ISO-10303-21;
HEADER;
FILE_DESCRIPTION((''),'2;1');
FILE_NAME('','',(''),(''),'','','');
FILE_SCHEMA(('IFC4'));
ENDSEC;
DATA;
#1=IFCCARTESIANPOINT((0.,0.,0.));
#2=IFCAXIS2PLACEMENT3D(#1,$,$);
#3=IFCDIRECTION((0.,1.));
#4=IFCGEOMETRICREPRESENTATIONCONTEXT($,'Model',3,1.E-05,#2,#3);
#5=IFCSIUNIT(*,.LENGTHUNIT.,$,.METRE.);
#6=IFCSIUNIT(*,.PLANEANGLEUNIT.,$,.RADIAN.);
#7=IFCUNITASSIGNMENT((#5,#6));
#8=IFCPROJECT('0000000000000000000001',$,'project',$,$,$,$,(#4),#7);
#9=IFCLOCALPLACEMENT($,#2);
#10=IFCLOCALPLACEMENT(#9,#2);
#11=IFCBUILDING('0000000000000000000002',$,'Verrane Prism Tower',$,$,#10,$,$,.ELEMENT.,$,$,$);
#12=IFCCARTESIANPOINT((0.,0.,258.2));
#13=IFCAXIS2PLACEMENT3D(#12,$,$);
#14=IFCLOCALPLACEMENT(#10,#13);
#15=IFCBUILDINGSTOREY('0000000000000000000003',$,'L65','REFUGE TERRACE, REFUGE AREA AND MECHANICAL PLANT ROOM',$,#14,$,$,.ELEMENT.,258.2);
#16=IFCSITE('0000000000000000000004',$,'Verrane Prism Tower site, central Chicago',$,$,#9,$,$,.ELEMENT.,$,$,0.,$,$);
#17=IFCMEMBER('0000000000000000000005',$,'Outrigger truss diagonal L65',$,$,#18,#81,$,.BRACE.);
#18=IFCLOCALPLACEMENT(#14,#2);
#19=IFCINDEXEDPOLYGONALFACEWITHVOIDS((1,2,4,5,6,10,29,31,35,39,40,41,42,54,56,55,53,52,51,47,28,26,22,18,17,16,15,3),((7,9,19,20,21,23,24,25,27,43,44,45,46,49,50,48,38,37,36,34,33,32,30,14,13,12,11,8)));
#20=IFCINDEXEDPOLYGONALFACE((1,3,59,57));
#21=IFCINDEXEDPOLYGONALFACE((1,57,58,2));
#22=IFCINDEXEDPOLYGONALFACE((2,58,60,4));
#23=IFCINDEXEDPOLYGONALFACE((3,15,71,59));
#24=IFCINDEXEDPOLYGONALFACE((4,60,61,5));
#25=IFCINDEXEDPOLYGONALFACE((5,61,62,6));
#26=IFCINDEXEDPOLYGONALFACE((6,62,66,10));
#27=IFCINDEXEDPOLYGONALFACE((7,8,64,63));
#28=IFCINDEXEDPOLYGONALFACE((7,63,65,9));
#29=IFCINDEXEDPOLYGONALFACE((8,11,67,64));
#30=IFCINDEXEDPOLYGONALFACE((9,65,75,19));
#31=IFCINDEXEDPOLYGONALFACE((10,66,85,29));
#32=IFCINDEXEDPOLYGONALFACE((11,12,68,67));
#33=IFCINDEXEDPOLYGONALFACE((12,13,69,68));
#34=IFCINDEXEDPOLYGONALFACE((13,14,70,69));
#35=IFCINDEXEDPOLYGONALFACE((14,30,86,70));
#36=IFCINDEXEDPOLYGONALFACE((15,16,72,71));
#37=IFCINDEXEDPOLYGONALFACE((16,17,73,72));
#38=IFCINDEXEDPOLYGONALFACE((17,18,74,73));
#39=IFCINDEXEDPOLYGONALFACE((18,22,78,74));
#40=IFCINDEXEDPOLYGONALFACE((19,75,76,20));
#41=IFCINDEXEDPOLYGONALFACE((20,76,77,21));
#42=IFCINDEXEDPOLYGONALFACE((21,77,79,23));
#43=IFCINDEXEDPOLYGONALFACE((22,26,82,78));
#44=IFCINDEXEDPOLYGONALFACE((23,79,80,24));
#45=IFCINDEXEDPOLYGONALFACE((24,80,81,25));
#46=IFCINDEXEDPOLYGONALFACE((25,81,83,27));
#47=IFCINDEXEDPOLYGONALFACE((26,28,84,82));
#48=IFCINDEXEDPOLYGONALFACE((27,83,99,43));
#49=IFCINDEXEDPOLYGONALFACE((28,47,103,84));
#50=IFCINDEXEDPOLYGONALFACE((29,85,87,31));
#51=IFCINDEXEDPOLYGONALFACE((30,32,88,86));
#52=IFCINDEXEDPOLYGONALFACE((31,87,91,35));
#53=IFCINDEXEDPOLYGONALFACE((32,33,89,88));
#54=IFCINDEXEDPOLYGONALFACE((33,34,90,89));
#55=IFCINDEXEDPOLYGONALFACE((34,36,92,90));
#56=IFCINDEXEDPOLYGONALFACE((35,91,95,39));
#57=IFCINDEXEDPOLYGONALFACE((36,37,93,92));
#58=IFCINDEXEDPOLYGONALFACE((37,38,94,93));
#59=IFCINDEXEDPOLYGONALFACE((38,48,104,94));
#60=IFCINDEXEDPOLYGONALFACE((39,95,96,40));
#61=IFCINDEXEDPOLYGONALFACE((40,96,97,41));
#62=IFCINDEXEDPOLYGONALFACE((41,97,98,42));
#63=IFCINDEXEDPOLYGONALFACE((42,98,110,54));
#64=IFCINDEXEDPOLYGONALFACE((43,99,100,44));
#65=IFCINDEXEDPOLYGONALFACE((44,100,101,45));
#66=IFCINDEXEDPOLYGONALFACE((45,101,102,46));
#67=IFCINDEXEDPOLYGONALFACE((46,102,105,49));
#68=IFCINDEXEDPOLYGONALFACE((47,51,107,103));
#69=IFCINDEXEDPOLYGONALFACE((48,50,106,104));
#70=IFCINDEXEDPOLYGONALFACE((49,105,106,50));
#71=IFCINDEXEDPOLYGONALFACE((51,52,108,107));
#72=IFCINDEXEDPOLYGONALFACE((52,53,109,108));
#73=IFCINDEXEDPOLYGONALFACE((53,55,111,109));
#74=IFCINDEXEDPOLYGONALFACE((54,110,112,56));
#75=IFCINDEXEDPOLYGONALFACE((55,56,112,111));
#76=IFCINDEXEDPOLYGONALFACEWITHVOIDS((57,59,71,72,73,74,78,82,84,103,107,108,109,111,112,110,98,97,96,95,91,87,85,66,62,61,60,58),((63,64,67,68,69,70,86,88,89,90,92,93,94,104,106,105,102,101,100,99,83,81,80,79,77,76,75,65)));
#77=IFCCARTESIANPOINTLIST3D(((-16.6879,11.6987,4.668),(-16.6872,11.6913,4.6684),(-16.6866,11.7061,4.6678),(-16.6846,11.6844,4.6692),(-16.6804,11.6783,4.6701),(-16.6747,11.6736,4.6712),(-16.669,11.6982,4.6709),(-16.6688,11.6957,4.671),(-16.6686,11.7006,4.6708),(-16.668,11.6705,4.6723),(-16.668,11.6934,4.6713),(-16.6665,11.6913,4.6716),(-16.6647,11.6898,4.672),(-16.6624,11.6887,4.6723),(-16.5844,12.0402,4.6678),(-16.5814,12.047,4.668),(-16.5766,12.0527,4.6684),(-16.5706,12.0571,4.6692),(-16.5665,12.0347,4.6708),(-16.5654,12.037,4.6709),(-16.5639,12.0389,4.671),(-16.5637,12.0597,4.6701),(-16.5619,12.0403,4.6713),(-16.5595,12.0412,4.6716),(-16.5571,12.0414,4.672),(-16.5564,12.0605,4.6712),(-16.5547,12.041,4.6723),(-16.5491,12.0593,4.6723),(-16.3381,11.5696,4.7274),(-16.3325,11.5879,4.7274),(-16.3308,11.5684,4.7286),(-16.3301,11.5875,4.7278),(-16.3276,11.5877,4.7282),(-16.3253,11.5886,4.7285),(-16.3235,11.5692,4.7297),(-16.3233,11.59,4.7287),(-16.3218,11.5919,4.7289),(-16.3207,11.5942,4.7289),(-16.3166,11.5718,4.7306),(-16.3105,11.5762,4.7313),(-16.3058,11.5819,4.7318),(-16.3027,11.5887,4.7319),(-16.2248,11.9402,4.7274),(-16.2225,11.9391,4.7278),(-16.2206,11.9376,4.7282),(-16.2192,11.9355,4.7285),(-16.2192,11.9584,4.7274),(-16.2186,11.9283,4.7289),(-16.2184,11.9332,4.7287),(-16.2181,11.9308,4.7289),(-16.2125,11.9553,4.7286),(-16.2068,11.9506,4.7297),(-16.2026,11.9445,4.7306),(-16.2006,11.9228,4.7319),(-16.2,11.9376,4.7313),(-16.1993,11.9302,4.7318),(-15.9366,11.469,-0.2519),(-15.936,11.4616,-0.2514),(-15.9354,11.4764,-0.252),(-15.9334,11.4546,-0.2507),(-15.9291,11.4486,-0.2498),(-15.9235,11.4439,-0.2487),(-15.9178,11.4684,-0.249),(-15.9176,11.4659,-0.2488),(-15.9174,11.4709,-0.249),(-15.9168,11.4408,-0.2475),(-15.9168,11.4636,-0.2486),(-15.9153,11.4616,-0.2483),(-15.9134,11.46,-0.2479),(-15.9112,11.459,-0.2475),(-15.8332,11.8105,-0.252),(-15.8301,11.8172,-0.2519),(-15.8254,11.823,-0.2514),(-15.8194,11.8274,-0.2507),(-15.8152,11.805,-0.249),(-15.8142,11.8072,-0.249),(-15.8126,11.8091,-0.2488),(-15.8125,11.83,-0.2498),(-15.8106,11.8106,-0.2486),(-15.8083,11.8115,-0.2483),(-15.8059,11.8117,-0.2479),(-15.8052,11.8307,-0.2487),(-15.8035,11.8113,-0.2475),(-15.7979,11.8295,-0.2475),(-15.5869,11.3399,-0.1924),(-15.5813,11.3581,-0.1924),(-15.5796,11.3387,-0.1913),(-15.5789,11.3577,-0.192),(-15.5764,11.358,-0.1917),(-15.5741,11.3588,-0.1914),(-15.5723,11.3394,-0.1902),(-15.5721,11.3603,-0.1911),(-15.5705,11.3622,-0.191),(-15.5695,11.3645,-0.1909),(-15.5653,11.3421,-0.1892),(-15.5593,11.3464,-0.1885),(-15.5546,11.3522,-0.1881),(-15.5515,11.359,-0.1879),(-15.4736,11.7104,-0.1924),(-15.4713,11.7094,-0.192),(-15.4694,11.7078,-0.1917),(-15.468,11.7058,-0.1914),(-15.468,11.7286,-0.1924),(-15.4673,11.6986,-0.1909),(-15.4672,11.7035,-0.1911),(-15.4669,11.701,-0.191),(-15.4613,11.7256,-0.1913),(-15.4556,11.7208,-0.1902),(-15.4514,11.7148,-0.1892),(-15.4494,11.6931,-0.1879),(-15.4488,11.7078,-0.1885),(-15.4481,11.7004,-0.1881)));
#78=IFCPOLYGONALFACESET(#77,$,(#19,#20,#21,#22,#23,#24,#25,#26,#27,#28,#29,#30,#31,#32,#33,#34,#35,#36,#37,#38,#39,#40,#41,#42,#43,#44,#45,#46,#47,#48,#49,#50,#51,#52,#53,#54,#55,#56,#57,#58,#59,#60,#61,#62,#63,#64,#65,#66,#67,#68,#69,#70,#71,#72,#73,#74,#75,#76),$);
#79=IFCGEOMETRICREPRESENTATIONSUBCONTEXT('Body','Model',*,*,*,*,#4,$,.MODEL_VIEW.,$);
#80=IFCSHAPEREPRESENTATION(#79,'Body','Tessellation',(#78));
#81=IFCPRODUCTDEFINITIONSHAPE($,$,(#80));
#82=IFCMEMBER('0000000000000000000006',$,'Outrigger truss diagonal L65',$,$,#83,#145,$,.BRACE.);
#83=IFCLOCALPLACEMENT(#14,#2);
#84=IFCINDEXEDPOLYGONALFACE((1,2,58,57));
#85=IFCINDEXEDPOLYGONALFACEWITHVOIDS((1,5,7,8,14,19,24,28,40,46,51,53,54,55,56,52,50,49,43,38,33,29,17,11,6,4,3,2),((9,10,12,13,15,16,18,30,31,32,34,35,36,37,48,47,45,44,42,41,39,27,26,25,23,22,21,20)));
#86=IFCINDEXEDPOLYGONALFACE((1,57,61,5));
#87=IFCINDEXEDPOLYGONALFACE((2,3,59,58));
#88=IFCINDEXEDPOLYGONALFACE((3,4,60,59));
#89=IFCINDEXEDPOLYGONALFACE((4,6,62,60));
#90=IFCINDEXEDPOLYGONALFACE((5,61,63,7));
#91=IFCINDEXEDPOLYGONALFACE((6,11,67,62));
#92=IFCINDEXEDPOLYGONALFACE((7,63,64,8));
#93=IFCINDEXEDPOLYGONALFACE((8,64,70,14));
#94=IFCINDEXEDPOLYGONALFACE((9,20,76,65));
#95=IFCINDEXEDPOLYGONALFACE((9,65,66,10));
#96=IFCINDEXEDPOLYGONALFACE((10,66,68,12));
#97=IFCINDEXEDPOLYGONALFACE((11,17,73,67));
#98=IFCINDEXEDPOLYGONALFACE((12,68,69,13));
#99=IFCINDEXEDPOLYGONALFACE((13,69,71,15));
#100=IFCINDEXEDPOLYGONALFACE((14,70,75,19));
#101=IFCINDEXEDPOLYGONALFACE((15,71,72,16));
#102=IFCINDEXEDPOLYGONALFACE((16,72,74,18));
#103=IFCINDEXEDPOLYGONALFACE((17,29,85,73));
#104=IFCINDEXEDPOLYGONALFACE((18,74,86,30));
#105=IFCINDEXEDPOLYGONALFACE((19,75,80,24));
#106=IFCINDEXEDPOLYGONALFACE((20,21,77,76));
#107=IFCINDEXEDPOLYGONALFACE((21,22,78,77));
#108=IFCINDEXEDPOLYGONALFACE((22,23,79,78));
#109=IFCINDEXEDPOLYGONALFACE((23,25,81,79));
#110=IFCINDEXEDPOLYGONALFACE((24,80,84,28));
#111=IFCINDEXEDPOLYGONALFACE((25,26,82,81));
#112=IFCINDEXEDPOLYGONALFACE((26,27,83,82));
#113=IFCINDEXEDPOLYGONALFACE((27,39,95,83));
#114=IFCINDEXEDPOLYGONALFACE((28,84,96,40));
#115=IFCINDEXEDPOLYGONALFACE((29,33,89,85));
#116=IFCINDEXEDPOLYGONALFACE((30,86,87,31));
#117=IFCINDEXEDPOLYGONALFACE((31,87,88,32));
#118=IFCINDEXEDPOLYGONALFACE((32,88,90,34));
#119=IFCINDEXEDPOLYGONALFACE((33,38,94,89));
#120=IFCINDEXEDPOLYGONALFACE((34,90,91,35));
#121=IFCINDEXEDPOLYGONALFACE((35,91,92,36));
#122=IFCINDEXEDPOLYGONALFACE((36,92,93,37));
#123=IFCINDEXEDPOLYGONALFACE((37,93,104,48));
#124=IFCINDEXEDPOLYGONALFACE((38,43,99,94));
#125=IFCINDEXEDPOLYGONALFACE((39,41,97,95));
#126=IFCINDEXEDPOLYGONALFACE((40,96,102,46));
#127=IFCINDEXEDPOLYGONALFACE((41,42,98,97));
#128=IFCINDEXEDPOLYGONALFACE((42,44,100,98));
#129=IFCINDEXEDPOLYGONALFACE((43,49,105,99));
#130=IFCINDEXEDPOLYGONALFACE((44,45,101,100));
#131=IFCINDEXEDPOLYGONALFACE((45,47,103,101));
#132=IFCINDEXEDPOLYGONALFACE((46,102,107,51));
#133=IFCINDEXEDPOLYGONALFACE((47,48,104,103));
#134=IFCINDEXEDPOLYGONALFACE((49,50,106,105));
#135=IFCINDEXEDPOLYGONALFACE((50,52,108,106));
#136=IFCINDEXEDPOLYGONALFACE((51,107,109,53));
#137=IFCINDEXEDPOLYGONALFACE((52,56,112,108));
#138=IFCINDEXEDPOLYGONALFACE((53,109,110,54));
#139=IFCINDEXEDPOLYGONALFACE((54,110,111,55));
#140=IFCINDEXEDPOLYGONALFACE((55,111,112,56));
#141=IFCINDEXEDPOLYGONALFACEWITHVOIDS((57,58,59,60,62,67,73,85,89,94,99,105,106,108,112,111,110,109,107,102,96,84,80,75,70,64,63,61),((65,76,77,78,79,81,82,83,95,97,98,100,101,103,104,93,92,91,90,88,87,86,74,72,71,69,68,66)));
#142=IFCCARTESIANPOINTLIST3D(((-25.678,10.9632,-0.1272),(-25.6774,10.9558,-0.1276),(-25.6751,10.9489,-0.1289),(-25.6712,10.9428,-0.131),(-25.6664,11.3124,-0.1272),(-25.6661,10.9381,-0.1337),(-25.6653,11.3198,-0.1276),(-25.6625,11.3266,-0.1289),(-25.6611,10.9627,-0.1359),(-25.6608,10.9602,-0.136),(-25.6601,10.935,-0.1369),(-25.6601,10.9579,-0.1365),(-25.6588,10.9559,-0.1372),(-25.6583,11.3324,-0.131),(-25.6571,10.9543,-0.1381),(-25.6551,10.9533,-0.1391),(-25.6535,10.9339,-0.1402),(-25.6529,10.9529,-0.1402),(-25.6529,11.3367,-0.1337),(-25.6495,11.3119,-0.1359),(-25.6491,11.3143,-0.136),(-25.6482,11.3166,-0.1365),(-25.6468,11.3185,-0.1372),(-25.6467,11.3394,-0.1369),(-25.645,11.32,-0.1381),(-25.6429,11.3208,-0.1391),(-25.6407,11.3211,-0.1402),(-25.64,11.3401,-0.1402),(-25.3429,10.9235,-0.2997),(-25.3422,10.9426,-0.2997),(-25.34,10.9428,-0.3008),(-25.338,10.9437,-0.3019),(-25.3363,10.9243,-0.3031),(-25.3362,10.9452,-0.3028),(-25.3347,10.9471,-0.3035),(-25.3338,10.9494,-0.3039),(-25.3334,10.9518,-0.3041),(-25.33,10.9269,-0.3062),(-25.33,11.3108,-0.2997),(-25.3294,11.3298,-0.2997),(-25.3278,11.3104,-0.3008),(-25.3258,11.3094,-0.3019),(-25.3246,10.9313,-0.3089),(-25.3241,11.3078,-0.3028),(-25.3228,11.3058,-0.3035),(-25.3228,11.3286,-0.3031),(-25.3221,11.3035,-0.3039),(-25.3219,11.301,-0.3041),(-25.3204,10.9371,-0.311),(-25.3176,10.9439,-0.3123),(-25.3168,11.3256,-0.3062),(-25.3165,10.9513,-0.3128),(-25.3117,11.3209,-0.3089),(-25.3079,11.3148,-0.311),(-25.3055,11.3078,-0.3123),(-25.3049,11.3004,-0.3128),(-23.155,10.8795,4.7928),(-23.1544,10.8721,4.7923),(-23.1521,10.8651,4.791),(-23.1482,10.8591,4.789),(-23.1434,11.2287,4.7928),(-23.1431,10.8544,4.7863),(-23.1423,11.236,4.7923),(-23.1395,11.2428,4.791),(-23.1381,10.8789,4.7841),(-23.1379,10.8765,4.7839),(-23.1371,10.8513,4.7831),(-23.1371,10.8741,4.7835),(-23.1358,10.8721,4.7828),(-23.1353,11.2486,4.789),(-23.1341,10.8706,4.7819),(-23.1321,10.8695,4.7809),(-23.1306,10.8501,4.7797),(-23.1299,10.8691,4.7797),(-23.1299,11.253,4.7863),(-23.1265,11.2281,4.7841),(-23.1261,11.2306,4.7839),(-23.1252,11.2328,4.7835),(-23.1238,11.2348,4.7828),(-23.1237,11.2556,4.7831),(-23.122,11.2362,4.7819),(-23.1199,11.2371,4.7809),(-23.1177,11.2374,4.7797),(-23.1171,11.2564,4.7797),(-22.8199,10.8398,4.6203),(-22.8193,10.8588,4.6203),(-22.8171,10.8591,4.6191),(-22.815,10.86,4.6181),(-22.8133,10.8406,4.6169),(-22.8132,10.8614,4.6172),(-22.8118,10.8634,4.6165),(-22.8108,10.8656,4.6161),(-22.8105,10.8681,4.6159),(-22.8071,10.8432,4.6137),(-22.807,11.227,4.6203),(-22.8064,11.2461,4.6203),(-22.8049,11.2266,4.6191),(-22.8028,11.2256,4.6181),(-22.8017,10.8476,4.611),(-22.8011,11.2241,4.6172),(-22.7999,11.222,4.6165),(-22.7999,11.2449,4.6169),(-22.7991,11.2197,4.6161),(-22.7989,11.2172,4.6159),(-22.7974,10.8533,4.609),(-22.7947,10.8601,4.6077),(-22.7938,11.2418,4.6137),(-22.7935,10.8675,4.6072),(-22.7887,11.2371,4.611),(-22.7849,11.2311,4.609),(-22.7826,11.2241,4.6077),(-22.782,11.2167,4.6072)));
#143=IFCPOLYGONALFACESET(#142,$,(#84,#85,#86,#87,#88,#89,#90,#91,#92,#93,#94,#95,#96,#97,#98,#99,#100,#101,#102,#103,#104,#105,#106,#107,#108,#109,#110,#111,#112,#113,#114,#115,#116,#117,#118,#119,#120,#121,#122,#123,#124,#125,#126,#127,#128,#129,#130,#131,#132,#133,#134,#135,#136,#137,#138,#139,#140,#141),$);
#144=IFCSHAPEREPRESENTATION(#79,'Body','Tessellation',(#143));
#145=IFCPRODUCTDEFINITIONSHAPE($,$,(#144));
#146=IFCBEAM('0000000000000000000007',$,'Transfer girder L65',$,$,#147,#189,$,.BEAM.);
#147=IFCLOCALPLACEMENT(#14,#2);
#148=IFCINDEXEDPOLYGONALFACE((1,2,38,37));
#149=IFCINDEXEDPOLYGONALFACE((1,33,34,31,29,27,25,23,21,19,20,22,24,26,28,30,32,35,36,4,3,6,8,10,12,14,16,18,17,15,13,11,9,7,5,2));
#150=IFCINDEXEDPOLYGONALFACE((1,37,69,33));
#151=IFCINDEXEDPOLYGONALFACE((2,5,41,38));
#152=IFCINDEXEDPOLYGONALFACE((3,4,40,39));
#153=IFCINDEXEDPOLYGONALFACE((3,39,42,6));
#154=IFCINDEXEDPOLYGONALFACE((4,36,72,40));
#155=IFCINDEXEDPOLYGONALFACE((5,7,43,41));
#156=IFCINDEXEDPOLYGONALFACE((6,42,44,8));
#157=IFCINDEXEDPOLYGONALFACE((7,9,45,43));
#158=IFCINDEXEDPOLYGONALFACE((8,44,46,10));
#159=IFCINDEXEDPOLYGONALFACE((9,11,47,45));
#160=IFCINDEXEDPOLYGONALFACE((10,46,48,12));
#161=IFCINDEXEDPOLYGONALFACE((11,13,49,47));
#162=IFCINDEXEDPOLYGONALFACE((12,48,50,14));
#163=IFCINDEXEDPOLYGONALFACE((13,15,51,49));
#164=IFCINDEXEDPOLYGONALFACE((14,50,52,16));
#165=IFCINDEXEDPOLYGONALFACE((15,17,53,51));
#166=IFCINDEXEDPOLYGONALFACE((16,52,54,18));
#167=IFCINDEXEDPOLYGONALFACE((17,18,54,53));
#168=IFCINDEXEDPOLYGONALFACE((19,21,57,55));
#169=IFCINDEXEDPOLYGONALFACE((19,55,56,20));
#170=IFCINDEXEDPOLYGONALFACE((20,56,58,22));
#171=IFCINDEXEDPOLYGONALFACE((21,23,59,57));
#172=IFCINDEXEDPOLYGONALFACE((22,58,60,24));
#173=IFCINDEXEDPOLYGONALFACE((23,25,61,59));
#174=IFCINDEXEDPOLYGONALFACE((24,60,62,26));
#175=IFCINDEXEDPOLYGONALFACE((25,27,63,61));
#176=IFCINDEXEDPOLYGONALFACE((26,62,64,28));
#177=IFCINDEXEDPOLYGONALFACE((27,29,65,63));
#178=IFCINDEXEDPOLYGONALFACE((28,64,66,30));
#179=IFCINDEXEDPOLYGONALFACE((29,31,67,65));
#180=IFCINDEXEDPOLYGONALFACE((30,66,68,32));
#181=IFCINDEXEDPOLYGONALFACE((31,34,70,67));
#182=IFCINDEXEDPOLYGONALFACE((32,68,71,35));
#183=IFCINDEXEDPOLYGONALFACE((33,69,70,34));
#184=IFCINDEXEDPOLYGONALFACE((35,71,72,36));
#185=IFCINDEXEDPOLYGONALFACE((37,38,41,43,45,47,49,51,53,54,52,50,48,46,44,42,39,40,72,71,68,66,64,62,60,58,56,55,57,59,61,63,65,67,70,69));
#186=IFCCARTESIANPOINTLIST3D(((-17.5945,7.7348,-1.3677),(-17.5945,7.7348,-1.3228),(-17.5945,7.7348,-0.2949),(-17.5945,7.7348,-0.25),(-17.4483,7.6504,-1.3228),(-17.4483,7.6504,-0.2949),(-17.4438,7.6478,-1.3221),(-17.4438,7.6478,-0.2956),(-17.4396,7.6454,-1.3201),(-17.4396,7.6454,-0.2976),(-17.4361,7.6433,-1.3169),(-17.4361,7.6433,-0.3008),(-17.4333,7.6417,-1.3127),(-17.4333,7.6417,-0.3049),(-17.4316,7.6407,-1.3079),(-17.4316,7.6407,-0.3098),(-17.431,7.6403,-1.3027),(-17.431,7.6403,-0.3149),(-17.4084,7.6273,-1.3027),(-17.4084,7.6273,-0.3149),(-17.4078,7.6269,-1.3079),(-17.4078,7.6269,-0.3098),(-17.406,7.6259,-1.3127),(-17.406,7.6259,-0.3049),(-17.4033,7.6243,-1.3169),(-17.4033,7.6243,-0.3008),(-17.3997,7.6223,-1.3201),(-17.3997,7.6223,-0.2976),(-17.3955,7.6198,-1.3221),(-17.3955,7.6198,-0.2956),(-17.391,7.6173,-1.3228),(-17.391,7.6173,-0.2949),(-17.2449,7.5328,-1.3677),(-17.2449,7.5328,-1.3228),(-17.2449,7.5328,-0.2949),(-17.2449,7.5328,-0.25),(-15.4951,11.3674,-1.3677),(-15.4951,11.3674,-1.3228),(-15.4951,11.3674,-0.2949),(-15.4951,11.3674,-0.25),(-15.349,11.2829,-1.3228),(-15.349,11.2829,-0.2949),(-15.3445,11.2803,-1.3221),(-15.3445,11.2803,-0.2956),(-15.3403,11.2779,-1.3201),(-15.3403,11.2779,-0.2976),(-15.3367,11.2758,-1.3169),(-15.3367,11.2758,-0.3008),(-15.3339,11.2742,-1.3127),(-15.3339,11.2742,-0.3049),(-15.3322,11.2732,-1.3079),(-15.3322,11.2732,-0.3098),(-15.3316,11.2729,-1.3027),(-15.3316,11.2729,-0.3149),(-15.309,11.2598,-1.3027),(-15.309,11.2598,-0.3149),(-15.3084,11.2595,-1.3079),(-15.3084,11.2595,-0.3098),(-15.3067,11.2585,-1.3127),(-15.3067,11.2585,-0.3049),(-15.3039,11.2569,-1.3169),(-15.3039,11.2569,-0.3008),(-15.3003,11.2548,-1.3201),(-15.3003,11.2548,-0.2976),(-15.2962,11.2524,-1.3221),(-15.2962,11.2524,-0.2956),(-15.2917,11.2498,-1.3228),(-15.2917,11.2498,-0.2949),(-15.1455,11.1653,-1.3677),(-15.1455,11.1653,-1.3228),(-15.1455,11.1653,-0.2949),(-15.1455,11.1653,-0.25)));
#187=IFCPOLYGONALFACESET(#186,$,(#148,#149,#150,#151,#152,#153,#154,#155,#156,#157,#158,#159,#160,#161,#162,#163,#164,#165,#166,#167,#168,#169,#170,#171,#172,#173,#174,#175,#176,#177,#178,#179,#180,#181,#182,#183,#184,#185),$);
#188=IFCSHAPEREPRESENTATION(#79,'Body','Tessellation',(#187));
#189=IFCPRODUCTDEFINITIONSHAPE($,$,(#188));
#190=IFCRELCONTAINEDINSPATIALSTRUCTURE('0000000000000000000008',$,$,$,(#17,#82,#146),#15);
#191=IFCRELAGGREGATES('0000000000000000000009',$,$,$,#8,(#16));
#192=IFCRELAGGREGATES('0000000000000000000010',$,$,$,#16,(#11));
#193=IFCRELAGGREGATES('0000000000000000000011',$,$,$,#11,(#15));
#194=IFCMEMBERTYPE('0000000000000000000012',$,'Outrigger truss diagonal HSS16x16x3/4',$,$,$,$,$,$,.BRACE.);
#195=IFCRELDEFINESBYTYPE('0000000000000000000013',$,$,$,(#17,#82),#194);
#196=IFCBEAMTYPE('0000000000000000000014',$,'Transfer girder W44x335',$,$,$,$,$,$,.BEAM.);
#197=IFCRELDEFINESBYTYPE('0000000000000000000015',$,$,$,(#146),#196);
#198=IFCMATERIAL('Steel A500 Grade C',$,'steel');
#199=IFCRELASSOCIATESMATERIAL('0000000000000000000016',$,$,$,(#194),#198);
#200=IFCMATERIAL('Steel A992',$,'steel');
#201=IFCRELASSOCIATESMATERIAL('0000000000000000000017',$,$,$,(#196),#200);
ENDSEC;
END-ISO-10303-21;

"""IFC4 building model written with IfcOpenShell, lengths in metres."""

from ifc_helpers import new_model, si_unit, direction, frame, origin, origin_2d, place, context, subcontext, project, spatial, hollow_rectangle, i_section, extrude, material, material_profile, profile_set, type_object, element, save


model = new_model("IFC4")

# Units and contexts
model_context = context("Model", 3, precision=1e-05, world=origin(), true_north=direction((0.0, 1.0)))
body_context = subcontext(model_context, "Body", "Model", "MODEL_VIEW")
ifc_project = project(units=[si_unit("LENGTHUNIT", "METRE"), si_unit("PLANEANGLEUNIT", "RADIAN")], contexts=[model_context])

# Site, building, storey
site_placement = place(None, origin())
site = spatial("IfcSite", under=ifc_project, at=site_placement, Name="Verrane Prism Tower site, central Chicago", CompositionType="ELEMENT", RefElevation=0.0)
building_placement = place(site_placement, origin())
building = spatial("IfcBuilding", under=site, at=building_placement, Name="Verrane Prism Tower", CompositionType="ELEMENT")
storey_placement = place(building_placement, frame((0.0, 0.0, 258.2)))
storey = spatial("IfcBuildingStorey", under=building, at=storey_placement, Name="L65", Description="REFUGE TERRACE, REFUGE AREA AND MECHANICAL PLANT ROOM", CompositionType="ELEMENT", Elevation=258.2)

# Members
ifc_material_1 = material(Name="Steel A500 Grade C", Category="steel")
ifc_material_profile_1 = material_profile(ifc_material_1, hollow_rectangle(XDim=0.4065, YDim=0.4065, WallThickness=0.019, InnerFilletRadius=0.0095, OuterFilletRadius=0.0286, at=origin_2d()), Name="HSS16x16x3/4")
ifc_profile_set_1 = profile_set([ifc_material_profile_1], Name="Steel A500 Grade C")
member_type_1 = type_object("IfcMemberType", Name="Outrigger truss diagonal HSS16x16x3/4", PredefinedType="BRACE", material=ifc_profile_set_1)
member_1_placement = place(storey_placement, frame((-15.6924, 11.5847, -0.22), z_axis=(-0.15078, 0.046111, 0.987491), x_axis=(-0.292448, -0.956282, 0.0)))
element("IfcMember", 1, at=member_1_placement, inside=storey, type_object=member_type_1, Name="Outrigger truss diagonal L65", PredefinedType="BRACE", context=body_context, shape_type="SweptSolid", body=[
    extrude(hollow_rectangle(XDim=0.4065, YDim=0.4065, WallThickness=0.019, InnerFilletRadius=0.0095, OuterFilletRadius=0.0286, at=origin_2d()), origin(), (0.0, 0.0, 1.0), 4.9822),
])
member_2_placement = place(storey_placement, frame((-25.4915, 11.1318, -0.22), z_axis=(0.456252, -0.015144, 0.889722), x_axis=(0.033173, 0.99945, 0.0)))
element("IfcMember", 2, at=member_2_placement, inside=storey, type_object=member_type_1, Name="Outrigger truss diagonal L65", PredefinedType="BRACE", context=body_context, shape_type="SweptSolid", body=[
    extrude(hollow_rectangle(XDim=0.4065, YDim=0.4065, WallThickness=0.019, InnerFilletRadius=0.0095, OuterFilletRadius=0.0286, at=origin_2d()), origin(), (0.0, 0.0, 1.0), 5.5298),
])

# Beam
ifc_material_2 = material(Name="Steel A992", Category="steel")
ifc_material_profile_2 = material_profile(ifc_material_2, i_section(OverallWidth=0.4038, OverallDepth=1.1177, WebThickness=0.0261, FlangeThickness=0.0449, FilletRadius=0.02, at=origin_2d()), Name="W44x335")
ifc_profile_set_2 = profile_set([ifc_material_profile_2], Name="Steel A992")
beam_type_1 = type_object("IfcBeamType", Name="Transfer girder W44x335", PredefinedType="BEAM", material=ifc_profile_set_2)
beam_1_placement = place(storey_placement, frame((-15.3203, 11.2664, -0.8088), z_axis=(-0.500376, -0.865808, 0.0), x_axis=(0.865808, -0.500376, 0.0)))
element("IfcBeam", 3, at=beam_1_placement, inside=storey, type_object=beam_type_1, Name="Transfer girder L65", PredefinedType="BEAM", context=body_context, shape_type="SweptSolid", body=[
    extrude(i_section(OverallWidth=0.4038, OverallDepth=1.1177, WebThickness=0.0261, FlangeThickness=0.0449, FilletRadius=0.02, at=origin_2d()), origin(), (0.0, 0.0, 1.0), 4.1956),
])

save(model, "model.ifc")
